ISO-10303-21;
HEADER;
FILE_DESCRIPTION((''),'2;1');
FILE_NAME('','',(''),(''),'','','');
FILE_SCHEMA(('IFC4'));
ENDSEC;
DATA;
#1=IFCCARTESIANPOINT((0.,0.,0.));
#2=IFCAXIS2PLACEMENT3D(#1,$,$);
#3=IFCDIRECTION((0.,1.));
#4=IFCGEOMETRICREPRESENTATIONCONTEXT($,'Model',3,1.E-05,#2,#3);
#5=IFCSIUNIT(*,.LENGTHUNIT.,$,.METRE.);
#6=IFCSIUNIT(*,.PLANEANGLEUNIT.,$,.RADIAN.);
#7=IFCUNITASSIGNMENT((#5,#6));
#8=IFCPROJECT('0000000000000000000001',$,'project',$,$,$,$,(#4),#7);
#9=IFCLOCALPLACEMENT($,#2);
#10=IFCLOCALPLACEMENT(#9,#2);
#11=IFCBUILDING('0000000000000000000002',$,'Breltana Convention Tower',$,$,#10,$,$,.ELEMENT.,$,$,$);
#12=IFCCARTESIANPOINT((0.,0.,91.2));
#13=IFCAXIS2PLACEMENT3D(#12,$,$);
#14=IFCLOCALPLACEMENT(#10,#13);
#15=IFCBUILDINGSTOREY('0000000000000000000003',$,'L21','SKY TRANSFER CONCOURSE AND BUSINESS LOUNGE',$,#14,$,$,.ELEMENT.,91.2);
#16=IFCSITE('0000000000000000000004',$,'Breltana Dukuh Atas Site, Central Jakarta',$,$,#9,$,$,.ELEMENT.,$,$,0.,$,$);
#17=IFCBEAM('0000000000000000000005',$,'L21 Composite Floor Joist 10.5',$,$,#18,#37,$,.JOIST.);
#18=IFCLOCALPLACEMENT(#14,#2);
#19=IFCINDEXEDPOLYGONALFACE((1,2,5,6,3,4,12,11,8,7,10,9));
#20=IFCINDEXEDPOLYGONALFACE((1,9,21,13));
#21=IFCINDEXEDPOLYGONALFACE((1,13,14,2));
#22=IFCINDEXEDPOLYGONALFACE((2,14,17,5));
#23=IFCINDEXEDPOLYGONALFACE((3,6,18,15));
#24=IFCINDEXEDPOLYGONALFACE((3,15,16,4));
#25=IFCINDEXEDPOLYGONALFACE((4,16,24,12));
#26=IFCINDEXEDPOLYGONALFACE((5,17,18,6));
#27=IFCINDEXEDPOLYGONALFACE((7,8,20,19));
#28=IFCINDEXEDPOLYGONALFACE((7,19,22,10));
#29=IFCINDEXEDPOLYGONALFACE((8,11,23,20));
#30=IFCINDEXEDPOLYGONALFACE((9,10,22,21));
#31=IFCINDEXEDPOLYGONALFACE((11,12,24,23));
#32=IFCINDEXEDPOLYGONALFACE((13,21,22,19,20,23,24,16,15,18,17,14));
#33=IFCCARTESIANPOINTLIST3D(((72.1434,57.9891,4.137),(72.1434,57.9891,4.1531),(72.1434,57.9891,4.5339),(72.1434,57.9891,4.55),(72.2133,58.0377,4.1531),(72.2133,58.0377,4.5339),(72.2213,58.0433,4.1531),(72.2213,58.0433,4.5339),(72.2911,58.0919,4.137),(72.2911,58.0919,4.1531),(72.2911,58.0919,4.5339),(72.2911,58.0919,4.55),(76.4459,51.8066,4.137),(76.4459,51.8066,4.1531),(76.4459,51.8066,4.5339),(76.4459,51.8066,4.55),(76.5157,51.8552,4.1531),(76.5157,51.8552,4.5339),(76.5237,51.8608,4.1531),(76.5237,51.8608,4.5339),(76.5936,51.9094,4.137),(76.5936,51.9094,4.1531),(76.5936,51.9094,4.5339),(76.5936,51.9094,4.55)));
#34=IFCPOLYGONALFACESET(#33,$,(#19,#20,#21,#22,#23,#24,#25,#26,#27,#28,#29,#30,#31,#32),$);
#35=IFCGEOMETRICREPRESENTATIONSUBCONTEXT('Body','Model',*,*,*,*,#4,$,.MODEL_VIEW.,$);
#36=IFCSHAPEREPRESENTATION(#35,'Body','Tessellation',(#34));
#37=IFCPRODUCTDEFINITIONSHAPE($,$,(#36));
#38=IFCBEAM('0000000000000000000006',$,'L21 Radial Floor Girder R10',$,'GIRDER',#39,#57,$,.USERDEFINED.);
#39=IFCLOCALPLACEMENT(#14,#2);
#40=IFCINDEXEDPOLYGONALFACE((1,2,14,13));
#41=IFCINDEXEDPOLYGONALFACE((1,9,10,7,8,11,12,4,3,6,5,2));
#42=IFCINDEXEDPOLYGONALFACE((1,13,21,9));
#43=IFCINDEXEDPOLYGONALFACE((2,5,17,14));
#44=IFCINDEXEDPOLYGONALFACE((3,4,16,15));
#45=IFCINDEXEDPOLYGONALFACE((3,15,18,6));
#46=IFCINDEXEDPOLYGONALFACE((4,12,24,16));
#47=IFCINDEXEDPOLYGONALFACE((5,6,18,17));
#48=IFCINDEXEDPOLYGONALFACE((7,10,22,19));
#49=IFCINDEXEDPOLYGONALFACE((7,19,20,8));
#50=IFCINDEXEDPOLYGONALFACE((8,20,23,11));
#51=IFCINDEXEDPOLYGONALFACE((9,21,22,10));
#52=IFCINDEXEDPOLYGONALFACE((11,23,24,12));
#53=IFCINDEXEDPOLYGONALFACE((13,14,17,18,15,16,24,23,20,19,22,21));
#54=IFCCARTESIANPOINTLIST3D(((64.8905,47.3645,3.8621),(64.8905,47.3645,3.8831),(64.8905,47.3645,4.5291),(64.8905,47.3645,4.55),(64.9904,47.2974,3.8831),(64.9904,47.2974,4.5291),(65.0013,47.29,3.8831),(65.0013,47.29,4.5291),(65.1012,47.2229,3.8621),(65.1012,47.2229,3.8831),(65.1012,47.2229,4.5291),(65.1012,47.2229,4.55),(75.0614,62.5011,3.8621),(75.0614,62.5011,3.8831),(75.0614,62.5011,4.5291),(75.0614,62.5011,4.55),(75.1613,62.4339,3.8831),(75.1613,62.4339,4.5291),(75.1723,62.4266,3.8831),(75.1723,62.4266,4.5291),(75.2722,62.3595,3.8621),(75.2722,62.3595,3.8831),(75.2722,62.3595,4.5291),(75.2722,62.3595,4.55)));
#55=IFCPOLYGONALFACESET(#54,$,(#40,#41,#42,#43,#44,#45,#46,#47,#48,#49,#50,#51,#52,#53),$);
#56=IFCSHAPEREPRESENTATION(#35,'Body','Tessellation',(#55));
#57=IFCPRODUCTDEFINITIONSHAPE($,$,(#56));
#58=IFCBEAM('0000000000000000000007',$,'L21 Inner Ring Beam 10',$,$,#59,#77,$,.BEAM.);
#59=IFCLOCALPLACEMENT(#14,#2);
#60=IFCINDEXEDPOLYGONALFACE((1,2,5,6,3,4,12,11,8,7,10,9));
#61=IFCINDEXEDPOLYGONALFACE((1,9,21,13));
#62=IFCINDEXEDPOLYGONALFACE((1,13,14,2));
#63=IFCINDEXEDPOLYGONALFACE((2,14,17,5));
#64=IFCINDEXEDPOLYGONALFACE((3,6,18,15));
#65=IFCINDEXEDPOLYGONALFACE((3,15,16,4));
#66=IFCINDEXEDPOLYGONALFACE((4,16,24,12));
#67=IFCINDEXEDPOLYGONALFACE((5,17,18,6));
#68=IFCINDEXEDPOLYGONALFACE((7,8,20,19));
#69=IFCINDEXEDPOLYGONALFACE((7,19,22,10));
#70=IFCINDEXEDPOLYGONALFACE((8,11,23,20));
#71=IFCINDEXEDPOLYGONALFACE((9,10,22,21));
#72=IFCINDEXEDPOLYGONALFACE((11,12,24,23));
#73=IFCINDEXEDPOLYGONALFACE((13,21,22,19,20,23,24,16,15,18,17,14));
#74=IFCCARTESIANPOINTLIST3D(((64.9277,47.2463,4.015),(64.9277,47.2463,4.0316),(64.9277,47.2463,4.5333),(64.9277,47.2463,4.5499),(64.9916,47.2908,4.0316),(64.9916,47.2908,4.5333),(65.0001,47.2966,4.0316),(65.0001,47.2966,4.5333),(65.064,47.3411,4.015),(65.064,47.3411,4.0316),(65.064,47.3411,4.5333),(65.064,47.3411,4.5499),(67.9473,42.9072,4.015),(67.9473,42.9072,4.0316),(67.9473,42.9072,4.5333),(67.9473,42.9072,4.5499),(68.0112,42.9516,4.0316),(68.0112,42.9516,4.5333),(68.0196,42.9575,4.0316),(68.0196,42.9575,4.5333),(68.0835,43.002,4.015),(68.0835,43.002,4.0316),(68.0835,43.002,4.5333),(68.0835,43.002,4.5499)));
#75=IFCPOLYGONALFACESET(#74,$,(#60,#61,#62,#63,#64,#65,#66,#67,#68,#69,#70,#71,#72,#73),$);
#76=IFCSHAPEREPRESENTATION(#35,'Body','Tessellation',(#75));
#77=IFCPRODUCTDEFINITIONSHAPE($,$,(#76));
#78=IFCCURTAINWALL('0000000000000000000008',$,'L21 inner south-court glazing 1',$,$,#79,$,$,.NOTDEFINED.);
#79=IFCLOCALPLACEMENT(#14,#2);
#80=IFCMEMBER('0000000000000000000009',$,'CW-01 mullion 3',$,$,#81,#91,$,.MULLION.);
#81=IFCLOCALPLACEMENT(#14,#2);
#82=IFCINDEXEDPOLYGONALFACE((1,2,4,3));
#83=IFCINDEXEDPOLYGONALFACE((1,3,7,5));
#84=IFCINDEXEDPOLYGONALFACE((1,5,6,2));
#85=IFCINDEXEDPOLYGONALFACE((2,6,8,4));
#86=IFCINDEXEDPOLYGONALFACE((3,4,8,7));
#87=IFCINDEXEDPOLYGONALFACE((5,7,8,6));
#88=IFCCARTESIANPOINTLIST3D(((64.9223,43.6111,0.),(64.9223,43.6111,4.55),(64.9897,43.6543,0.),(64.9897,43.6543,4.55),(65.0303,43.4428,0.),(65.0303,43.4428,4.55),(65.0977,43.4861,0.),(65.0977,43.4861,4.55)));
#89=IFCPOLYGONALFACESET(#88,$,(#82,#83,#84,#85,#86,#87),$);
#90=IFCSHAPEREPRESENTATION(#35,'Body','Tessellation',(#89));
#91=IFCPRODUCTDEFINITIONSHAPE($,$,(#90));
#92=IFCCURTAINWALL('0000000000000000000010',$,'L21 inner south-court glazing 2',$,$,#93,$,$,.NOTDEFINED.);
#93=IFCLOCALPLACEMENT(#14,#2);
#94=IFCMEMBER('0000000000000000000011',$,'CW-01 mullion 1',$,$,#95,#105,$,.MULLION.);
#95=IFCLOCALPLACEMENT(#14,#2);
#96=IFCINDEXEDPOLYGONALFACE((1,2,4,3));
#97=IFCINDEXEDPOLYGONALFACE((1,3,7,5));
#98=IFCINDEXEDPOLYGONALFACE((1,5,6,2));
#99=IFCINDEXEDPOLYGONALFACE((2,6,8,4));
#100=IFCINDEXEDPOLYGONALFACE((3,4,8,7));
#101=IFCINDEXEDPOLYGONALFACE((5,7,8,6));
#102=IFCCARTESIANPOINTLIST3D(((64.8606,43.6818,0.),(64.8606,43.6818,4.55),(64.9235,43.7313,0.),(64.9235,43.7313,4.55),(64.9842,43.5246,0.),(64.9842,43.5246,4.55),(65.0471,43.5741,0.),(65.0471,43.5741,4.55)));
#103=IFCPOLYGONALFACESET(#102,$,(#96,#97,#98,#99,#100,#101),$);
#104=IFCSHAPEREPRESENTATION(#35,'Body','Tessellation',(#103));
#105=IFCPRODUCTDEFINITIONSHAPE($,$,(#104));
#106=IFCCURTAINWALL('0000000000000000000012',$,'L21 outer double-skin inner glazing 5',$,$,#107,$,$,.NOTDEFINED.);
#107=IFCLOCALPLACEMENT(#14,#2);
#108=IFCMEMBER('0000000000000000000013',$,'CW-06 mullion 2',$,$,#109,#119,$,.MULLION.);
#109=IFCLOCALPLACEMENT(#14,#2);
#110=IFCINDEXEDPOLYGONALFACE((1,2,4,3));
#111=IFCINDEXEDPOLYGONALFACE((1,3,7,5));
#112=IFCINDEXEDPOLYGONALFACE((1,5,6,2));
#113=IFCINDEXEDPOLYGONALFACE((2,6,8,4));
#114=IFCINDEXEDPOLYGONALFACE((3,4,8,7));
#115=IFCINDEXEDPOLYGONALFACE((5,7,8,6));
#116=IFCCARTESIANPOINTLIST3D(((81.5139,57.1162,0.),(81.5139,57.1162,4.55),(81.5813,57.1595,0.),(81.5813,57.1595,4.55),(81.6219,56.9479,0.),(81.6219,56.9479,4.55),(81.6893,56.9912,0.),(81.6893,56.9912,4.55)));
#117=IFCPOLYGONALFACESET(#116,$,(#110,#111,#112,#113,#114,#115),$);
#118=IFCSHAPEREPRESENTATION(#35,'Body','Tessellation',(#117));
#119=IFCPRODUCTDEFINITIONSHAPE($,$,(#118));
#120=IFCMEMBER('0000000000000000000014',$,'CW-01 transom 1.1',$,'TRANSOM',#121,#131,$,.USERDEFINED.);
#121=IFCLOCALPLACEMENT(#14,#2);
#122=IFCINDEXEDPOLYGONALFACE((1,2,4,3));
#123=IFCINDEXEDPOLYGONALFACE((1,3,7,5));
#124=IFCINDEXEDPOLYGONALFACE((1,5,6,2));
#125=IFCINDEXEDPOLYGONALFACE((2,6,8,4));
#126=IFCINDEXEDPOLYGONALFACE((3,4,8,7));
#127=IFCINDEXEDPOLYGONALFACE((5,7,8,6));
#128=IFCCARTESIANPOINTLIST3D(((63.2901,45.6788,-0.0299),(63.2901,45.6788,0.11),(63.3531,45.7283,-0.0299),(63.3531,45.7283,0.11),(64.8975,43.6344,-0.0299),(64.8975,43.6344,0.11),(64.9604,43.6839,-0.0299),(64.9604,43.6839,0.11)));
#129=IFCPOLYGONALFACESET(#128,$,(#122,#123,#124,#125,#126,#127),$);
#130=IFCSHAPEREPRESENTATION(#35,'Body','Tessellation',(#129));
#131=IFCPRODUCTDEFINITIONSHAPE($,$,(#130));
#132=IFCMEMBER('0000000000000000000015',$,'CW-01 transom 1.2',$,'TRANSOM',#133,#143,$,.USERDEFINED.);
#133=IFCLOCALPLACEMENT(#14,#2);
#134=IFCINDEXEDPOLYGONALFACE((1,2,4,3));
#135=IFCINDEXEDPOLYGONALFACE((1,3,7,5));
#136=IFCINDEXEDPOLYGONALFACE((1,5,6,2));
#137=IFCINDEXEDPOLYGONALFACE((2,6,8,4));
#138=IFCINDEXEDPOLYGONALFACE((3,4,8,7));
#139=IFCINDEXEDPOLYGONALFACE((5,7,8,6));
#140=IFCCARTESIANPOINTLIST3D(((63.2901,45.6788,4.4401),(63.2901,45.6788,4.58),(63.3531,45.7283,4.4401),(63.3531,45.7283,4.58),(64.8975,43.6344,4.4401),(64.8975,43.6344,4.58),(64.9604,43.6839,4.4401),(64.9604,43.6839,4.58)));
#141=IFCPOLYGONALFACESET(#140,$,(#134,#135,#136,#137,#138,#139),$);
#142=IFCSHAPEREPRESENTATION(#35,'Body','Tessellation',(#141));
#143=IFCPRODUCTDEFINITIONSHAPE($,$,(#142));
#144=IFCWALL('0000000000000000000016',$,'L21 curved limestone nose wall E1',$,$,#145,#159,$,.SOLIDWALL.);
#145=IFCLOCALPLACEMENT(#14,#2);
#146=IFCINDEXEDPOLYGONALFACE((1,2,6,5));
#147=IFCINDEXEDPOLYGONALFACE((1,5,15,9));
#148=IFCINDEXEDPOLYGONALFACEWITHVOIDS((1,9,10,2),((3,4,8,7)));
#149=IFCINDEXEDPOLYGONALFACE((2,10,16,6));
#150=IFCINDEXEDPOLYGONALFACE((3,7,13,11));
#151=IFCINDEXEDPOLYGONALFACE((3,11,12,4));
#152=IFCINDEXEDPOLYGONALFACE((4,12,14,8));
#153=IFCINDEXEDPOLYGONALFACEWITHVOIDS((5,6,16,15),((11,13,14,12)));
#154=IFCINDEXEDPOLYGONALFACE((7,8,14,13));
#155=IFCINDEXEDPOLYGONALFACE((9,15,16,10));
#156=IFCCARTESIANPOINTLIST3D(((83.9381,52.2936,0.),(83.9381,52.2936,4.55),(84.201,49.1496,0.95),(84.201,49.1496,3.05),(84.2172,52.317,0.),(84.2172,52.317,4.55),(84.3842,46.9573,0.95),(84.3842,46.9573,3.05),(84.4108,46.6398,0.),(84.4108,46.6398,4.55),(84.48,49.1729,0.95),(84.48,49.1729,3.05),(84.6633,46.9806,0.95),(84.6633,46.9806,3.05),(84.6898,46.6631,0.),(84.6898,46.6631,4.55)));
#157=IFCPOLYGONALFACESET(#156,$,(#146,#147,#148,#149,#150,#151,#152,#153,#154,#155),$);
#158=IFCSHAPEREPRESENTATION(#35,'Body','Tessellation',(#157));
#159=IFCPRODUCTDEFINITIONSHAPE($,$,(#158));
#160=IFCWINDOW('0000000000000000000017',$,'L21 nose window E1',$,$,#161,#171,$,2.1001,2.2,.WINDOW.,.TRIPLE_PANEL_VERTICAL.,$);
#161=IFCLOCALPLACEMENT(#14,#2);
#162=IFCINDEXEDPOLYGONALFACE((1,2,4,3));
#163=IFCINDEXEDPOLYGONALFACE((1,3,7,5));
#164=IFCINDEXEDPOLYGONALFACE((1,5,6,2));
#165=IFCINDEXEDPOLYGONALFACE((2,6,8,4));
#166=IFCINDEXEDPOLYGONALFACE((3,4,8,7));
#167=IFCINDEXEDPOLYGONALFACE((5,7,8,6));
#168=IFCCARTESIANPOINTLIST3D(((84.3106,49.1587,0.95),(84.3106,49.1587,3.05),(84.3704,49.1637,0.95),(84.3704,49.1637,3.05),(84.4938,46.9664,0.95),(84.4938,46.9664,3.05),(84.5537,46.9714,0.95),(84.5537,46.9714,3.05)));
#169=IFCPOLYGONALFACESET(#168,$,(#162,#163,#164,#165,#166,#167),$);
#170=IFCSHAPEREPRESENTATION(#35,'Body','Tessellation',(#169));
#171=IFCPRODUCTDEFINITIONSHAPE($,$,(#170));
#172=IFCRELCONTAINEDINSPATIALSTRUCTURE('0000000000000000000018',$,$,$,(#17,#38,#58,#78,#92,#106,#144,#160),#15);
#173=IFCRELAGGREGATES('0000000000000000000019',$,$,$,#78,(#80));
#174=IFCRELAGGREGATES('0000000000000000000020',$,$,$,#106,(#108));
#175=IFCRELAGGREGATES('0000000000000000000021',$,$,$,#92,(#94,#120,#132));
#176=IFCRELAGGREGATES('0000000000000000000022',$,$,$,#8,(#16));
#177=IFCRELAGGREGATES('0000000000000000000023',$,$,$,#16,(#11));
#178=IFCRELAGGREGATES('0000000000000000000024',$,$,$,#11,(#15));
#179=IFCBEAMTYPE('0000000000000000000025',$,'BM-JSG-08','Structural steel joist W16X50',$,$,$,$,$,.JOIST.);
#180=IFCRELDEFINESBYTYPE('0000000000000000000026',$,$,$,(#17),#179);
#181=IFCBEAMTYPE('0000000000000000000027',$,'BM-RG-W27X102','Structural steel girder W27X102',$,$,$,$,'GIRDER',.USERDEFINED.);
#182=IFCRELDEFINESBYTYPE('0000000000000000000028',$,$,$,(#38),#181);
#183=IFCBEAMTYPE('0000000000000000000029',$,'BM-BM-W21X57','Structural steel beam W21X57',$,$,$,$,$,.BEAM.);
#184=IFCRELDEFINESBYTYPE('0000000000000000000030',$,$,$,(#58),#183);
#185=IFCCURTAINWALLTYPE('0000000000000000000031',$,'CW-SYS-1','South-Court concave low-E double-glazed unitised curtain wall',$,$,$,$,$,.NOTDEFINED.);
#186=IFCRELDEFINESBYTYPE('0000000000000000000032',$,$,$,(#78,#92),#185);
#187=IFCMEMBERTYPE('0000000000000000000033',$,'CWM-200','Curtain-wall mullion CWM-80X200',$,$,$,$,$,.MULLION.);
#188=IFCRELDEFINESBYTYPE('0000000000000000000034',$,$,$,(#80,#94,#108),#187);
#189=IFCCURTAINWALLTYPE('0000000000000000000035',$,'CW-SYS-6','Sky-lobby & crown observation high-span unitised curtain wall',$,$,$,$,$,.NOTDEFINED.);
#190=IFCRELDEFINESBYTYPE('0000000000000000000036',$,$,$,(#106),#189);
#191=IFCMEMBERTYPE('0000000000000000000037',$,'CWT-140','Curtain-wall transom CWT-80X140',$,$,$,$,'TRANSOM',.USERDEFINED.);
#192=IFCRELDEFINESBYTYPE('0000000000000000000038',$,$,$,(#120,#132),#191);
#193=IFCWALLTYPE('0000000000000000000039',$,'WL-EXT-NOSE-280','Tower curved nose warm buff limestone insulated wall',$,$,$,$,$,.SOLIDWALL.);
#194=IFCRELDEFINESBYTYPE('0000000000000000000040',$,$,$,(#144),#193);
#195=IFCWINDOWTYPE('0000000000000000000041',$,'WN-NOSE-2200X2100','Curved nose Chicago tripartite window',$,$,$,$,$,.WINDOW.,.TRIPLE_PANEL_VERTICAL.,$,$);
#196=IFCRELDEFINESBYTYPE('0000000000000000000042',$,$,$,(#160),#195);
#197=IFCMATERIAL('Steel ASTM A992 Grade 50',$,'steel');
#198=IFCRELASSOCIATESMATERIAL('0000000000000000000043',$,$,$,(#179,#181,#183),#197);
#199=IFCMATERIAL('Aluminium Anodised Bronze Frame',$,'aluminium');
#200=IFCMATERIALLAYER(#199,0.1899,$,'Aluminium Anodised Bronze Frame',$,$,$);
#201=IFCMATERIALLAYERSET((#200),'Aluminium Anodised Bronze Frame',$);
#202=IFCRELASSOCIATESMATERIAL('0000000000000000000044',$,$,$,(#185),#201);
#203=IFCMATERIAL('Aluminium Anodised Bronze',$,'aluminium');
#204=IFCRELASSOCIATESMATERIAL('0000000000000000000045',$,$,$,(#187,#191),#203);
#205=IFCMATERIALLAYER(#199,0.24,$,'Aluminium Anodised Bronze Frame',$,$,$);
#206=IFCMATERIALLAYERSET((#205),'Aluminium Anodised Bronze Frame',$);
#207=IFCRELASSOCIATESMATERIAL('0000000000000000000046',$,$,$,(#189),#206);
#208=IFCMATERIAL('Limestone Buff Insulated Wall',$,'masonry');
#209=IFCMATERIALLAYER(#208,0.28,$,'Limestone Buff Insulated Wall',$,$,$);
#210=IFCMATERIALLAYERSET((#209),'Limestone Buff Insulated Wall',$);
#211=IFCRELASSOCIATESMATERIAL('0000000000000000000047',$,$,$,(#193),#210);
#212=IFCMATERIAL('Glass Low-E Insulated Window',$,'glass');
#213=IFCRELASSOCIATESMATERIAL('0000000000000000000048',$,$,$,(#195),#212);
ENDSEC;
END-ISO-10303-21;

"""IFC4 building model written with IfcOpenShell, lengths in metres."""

from ifc_helpers import new_model, si_unit, direction, frame, frame_2d, origin, origin_2d, place, context, subcontext, project, spatial, rectangle, i_section, extrude, source, transform, mapped, material, layer, layer_set, material_profile, profile_set, type_object, type_shapes, element, fill, aggregate, save


model = new_model("IFC4")

# Units and contexts
model_context = context("Model", 3, precision=1e-05, world=origin(), true_north=direction((0.0, 1.0)))
body_context = subcontext(model_context, "Body", "Model", "MODEL_VIEW")
ifc_project = project(units=[si_unit("LENGTHUNIT", "METRE"), si_unit("PLANEANGLEUNIT", "RADIAN")], contexts=[model_context])

# Site, building, storey
site_placement = place(None, origin())
site = spatial("IfcSite", under=ifc_project, at=site_placement, Name="Breltana Dukuh Atas Site, Central Jakarta", CompositionType="ELEMENT", RefElevation=0.0)
building_placement = place(site_placement, origin())
building = spatial("IfcBuilding", under=site, at=building_placement, Name="Breltana Convention Tower", CompositionType="ELEMENT")
storey_placement = place(building_placement, frame((0.0, 0.0, 91.2)))
storey = spatial("IfcBuildingStorey", under=building, at=storey_placement, Name="L21", Description="SKY TRANSFER CONCOURSE AND BUSINESS LOUNGE", CompositionType="ELEMENT", Elevation=91.2)

# Beams
ifc_material_1 = material(Name="Steel ASTM A992 Grade 50", Category="steel")
ifc_material_profile_1 = material_profile(ifc_material_1, i_section(OverallWidth=0.1799, OverallDepth=0.4131, WebThickness=0.0098, FlangeThickness=0.0161, at=origin_2d()), Name="W16X50")
ifc_profile_set_1 = profile_set([ifc_material_profile_1], Name="Steel ASTM A992 Grade 50")
beam_type_1 = type_object("IfcBeamType", Name="BM-JSG-08", Description="Structural steel joist W16X50", PredefinedType="JOIST", material=ifc_profile_set_1)
shared_shape_1 = source(origin(), body_context, "Body", "SweptSolid", [
    extrude(i_section(OverallWidth=0.1799, OverallDepth=0.4131, WebThickness=0.0098, FlangeThickness=0.0161, at=origin_2d()), origin(), (0.0, 0.0, 1.0), 7.5322),
])
beam_1_placement = place(storey_placement, frame((72.2173, 58.0405, 4.3435), z_axis=(0.571202, -0.820809, 0.0), x_axis=(0.820809, 0.571202, 0.0)))
element("IfcBeam", 1, at=beam_1_placement, inside=storey, type_object=beam_type_1, Name="L21 Composite Floor Joist 10.5", PredefinedType="JOIST", context=body_context, shape_type="MappedRepresentation", body=[
    mapped(shared_shape_1, transform((0.0, 0.0, 0.0), scale=1.0)),
])
ifc_material_profile_2 = material_profile(ifc_material_1, i_section(OverallWidth=0.2539, OverallDepth=0.688, WebThickness=0.0132, FlangeThickness=0.021, at=origin_2d()), Name="W27X102")
ifc_profile_set_2 = profile_set([ifc_material_profile_2], Name="Steel ASTM A992 Grade 50")
beam_type_2 = type_object("IfcBeamType", Name="BM-RG-W27X102", Description="Structural steel girder W27X102", ElementType="GIRDER", PredefinedType="USERDEFINED", material=ifc_profile_set_2)
shared_shape_2 = source(origin(), body_context, "Body", "SweptSolid", [
    extrude(i_section(OverallWidth=0.2539, OverallDepth=0.688, WebThickness=0.0132, FlangeThickness=0.021, at=origin_2d()), origin(), (0.0, 0.0, 1.0), 18.2363),
])
beam_2_placement = place(storey_placement, frame((64.9958, 47.2937, 4.2061), z_axis=(0.55773, 0.830022, 0.0), x_axis=(-0.830022, 0.55773, 0.0)))
element("IfcBeam", 2, at=beam_2_placement, inside=storey, type_object=beam_type_2, Name="L21 Radial Floor Girder R10", ObjectType="GIRDER", PredefinedType="USERDEFINED", context=body_context, shape_type="MappedRepresentation", body=[
    mapped(shared_shape_2, transform((0.0, 0.0, 0.0), scale=1.0)),
])
ifc_material_profile_3 = material_profile(ifc_material_1, i_section(OverallWidth=0.166, OverallDepth=0.5349, WebThickness=0.0103, FlangeThickness=0.0166, at=origin_2d()), Name="W21X57")
ifc_profile_set_3 = profile_set([ifc_material_profile_3], Name="Steel ASTM A992 Grade 50")
beam_type_3 = type_object("IfcBeamType", Name="BM-BM-W21X57", Description="Structural steel beam W21X57", PredefinedType="BEAM", material=ifc_profile_set_3)
shared_shape_3 = source(origin(), body_context, "Body", "SweptSolid", [
    extrude(i_section(OverallWidth=0.166, OverallDepth=0.5349, WebThickness=0.0103, FlangeThickness=0.0166, at=origin_2d()), origin(), (0.0, 0.0, 1.0), 5.2864),
])
beam_3_placement = place(storey_placement, frame((64.9958, 47.2937, 4.2825), z_axis=(0.571194, -0.820815, 0.0), x_axis=(0.820815, 0.571194, 0.0)))
element("IfcBeam", 3, at=beam_3_placement, inside=storey, type_object=beam_type_3, Name="L21 Inner Ring Beam 10", PredefinedType="BEAM", context=body_context, shape_type="MappedRepresentation", body=[
    mapped(shared_shape_3, transform((0.0, 0.0, 0.0), scale=1.0)),
])

# Curtain walls, members
ifc_material_2 = material(Name="Aluminium Anodised Bronze Frame", Category="aluminium")
ifc_layer_1 = layer(ifc_material_2, 0.1899, Name="Aluminium Anodised Bronze Frame")
ifc_layer_set_1 = layer_set([ifc_layer_1], Name="Aluminium Anodised Bronze Frame")
curtain_wall_type_1 = type_object("IfcCurtainWallType", Name="CW-SYS-1", Description="South-Court concave low-E double-glazed unitised curtain wall", PredefinedType="NOTDEFINED", material=ifc_layer_set_1)
curtain_wall_1_placement = place(storey_placement, origin())
curtain_wall_1 = element("IfcCurtainWall", 4, at=curtain_wall_1_placement, inside=storey, type_object=curtain_wall_type_1, Name="L21 inner south-court glazing 1", PredefinedType="NOTDEFINED")
ifc_material_3 = material(Name="Aluminium Anodised Bronze", Category="aluminium")
ifc_material_profile_4 = material_profile(ifc_material_3, rectangle(XDim=0.0801, YDim=0.2, at=origin_2d()), Name="CWM-80X200")
ifc_profile_set_4 = profile_set([ifc_material_profile_4], Name="Aluminium Anodised Bronze")
member_type_1 = type_object("IfcMemberType", Name="CWM-200", Description="Curtain-wall mullion CWM-80X200", PredefinedType="MULLION", material=ifc_profile_set_4)
shared_shape_4 = source(origin(), body_context, "Body", "SweptSolid", [
    extrude(rectangle(XDim=0.0801, YDim=0.2, at=origin_2d()), origin(), (0.0, 0.0, 1.0), 4.55),
])
member_1_placement = place(storey_placement, frame((65.01, 43.5486, 0.0), z_axis=(0.0, 0.0, 1.0), x_axis=(-0.841551, -0.540177, 0.0)))
member_1 = element("IfcMember", 5, at=member_1_placement, type_object=member_type_1, Name="CW-01 mullion 3", PredefinedType="MULLION", context=body_context, shape_type="MappedRepresentation", body=[
    mapped(shared_shape_4, transform((0.0, 0.0, 0.0), scale=1.0)),
])
aggregate(curtain_wall_1, [member_1])
curtain_wall_2_placement = place(storey_placement, origin())
curtain_wall_2 = element("IfcCurtainWall", 6, at=curtain_wall_2_placement, inside=storey, type_object=curtain_wall_type_1, Name="L21 inner south-court glazing 2", PredefinedType="NOTDEFINED")
member_2_placement = place(storey_placement, frame((64.9539, 43.6279, 0.0), z_axis=(0.0, 0.0, 1.0), x_axis=(-0.786054, -0.618157, 0.0)))
member_2 = element("IfcMember", 7, at=member_2_placement, type_object=member_type_1, Name="CW-01 mullion 1", PredefinedType="MULLION", context=body_context, shape_type="MappedRepresentation", body=[
    mapped(shared_shape_4, transform((0.0, 0.0, 0.0), scale=1.0)),
])
ifc_layer_2 = layer(ifc_material_2, 0.24, Name="Aluminium Anodised Bronze Frame")
ifc_layer_set_2 = layer_set([ifc_layer_2], Name="Aluminium Anodised Bronze Frame")
curtain_wall_type_2 = type_object("IfcCurtainWallType", Name="CW-SYS-6", Description="Sky-lobby & crown observation high-span unitised curtain wall", PredefinedType="NOTDEFINED", material=ifc_layer_set_2)
curtain_wall_3_placement = place(storey_placement, origin())
curtain_wall_3 = element("IfcCurtainWall", 8, at=curtain_wall_3_placement, inside=storey, type_object=curtain_wall_type_2, Name="L21 outer double-skin inner glazing 5", PredefinedType="NOTDEFINED")
member_3_placement = place(storey_placement, frame((81.6016, 57.0537, 0.0), z_axis=(0.0, 0.0, 1.0), x_axis=(0.841552, 0.540177, 0.0)))
member_3 = element("IfcMember", 9, at=member_3_placement, type_object=member_type_1, Name="CW-06 mullion 2", PredefinedType="MULLION", context=body_context, shape_type="MappedRepresentation", body=[
    mapped(shared_shape_4, transform((0.0, 0.0, 0.0), scale=1.0)),
])
aggregate(curtain_wall_3, [member_3])

# Members
ifc_material_profile_5 = material_profile(ifc_material_3, rectangle(XDim=0.0801, YDim=0.1399, at=origin_2d()), Name="CWT-80X140")
ifc_profile_set_5 = profile_set([ifc_material_profile_5], Name="Aluminium Anodised Bronze")
member_type_2 = type_object("IfcMemberType", Name="CWT-140", Description="Curtain-wall transom CWT-80X140", ElementType="TRANSOM", PredefinedType="USERDEFINED", material=ifc_profile_set_5)
shared_shape_5 = source(origin(), body_context, "Body", "SweptSolid", [
    extrude(rectangle(XDim=0.0801, YDim=0.1399, at=origin_2d()), origin(), (0.0, 0.0, 1.0), 2.6006),
])
member_4_placement = place(storey_placement, frame((64.929, 43.6592, 0.04), z_axis=(-0.618079, 0.786116, 0.0), x_axis=(-0.786116, -0.618079, 0.0)))
member_4 = element("IfcMember", 10, at=member_4_placement, type_object=member_type_2, Name="CW-01 transom 1.1", ObjectType="TRANSOM", PredefinedType="USERDEFINED", context=body_context, shape_type="MappedRepresentation", body=[
    mapped(shared_shape_5, transform((0.0, 0.0, 0.0), scale=1.0)),
])
member_5_placement = place(storey_placement, frame((64.929, 43.6592, 4.51), z_axis=(-0.618079, 0.786116, 0.0), x_axis=(-0.786116, -0.618079, 0.0)))
member_5 = element("IfcMember", 11, at=member_5_placement, type_object=member_type_2, Name="CW-01 transom 1.2", ObjectType="TRANSOM", PredefinedType="USERDEFINED", context=body_context, shape_type="MappedRepresentation", body=[
    mapped(shared_shape_5, transform((0.0, 0.0, 0.0), scale=1.0)),
])
aggregate(curtain_wall_2, [member_2, member_4, member_5])

# Wall, opening, window
ifc_material_4 = material(Name="Limestone Buff Insulated Wall", Category="masonry")
ifc_layer_3 = layer(ifc_material_4, 0.28, Name="Limestone Buff Insulated Wall")
ifc_layer_set_3 = layer_set([ifc_layer_3], Name="Limestone Buff Insulated Wall")
wall_type = type_object("IfcWallType", Name="WL-EXT-NOSE-280", Description="Tower curved nose warm buff limestone insulated wall", PredefinedType="SOLIDWALL", material=ifc_layer_set_3)
shared_shape_6 = source(origin(), body_context, "Body", "SweptSolid", [
    extrude(rectangle(XDim=5.6736, YDim=0.28, at=frame_2d((2.8369, 0.0))), origin(), (0.0, 0.0, 1.0), 4.55),
])
wall_1_placement = place(storey_placement, frame((84.0776, 52.3054, 0.0), z_axis=(0.0, 0.0, 1.0), x_axis=(0.083309, -0.996524, 0.0)))
wall_1 = element("IfcWall", 12, at=wall_1_placement, inside=storey, type_object=wall_type, Name="L21 curved limestone nose wall E1", PredefinedType="SOLIDWALL", context=body_context, shape_type="MappedRepresentation", body=[
    mapped(shared_shape_6, transform((0.0, 0.0, 0.0), scale=1.0)),
])
opening_1_placement = place(wall_1_placement, frame((3.155, 0.0, 0.95)))
opening_1 = element("IfcOpeningElement", 13, at=opening_1_placement, cuts=wall_1, PredefinedType="OPENING", context=body_context, shape_type="SweptSolid", body=[
    extrude(rectangle(XDim=2.2, YDim=2.1001, at=frame_2d((1.1001, 1.05))), frame((0.0, 0.1499, 0.0), z_axis=(0.0, -1.0, 0.0), x_axis=(1.0, 0.0, 0.0)), (0.0, 0.0, 1.0), 0.3),
])
ifc_material_5 = material(Name="Glass Low-E Insulated Window", Category="glass")
window_type = type_object("IfcWindowType", Name="WN-NOSE-2200X2100", Description="Curved nose Chicago tripartite window", PartitioningType="TRIPLE_PANEL_VERTICAL", PredefinedType="WINDOW", material=ifc_material_5)
shared_shape_7 = source(origin(), body_context, "Body", "SweptSolid", [
    extrude(rectangle(XDim=2.2, YDim=2.1001, at=frame_2d((1.1001, 1.05))), frame((0.0, 0.03, 0.0), z_axis=(0.0, -1.0, 0.0), x_axis=(1.0, 0.0, 0.0)), (0.0, 0.0, 1.0), 0.0601),
])
type_shapes(window_type, [shared_shape_7])
window_1_placement = place(opening_1_placement, origin())
window_1 = element("IfcWindow", 14, at=window_1_placement, inside=storey, type_object=window_type, Name="L21 nose window E1", OverallHeight=2.1001, OverallWidth=2.2, PartitioningType="TRIPLE_PANEL_VERTICAL", PredefinedType="WINDOW", context=body_context, shape_type="MappedRepresentation", body=[
    mapped(shared_shape_7, transform((0.0, 0.0, 0.0), scale=1.0)),
])
fill(opening_1, window_1)

save(model, "model.ifc")
